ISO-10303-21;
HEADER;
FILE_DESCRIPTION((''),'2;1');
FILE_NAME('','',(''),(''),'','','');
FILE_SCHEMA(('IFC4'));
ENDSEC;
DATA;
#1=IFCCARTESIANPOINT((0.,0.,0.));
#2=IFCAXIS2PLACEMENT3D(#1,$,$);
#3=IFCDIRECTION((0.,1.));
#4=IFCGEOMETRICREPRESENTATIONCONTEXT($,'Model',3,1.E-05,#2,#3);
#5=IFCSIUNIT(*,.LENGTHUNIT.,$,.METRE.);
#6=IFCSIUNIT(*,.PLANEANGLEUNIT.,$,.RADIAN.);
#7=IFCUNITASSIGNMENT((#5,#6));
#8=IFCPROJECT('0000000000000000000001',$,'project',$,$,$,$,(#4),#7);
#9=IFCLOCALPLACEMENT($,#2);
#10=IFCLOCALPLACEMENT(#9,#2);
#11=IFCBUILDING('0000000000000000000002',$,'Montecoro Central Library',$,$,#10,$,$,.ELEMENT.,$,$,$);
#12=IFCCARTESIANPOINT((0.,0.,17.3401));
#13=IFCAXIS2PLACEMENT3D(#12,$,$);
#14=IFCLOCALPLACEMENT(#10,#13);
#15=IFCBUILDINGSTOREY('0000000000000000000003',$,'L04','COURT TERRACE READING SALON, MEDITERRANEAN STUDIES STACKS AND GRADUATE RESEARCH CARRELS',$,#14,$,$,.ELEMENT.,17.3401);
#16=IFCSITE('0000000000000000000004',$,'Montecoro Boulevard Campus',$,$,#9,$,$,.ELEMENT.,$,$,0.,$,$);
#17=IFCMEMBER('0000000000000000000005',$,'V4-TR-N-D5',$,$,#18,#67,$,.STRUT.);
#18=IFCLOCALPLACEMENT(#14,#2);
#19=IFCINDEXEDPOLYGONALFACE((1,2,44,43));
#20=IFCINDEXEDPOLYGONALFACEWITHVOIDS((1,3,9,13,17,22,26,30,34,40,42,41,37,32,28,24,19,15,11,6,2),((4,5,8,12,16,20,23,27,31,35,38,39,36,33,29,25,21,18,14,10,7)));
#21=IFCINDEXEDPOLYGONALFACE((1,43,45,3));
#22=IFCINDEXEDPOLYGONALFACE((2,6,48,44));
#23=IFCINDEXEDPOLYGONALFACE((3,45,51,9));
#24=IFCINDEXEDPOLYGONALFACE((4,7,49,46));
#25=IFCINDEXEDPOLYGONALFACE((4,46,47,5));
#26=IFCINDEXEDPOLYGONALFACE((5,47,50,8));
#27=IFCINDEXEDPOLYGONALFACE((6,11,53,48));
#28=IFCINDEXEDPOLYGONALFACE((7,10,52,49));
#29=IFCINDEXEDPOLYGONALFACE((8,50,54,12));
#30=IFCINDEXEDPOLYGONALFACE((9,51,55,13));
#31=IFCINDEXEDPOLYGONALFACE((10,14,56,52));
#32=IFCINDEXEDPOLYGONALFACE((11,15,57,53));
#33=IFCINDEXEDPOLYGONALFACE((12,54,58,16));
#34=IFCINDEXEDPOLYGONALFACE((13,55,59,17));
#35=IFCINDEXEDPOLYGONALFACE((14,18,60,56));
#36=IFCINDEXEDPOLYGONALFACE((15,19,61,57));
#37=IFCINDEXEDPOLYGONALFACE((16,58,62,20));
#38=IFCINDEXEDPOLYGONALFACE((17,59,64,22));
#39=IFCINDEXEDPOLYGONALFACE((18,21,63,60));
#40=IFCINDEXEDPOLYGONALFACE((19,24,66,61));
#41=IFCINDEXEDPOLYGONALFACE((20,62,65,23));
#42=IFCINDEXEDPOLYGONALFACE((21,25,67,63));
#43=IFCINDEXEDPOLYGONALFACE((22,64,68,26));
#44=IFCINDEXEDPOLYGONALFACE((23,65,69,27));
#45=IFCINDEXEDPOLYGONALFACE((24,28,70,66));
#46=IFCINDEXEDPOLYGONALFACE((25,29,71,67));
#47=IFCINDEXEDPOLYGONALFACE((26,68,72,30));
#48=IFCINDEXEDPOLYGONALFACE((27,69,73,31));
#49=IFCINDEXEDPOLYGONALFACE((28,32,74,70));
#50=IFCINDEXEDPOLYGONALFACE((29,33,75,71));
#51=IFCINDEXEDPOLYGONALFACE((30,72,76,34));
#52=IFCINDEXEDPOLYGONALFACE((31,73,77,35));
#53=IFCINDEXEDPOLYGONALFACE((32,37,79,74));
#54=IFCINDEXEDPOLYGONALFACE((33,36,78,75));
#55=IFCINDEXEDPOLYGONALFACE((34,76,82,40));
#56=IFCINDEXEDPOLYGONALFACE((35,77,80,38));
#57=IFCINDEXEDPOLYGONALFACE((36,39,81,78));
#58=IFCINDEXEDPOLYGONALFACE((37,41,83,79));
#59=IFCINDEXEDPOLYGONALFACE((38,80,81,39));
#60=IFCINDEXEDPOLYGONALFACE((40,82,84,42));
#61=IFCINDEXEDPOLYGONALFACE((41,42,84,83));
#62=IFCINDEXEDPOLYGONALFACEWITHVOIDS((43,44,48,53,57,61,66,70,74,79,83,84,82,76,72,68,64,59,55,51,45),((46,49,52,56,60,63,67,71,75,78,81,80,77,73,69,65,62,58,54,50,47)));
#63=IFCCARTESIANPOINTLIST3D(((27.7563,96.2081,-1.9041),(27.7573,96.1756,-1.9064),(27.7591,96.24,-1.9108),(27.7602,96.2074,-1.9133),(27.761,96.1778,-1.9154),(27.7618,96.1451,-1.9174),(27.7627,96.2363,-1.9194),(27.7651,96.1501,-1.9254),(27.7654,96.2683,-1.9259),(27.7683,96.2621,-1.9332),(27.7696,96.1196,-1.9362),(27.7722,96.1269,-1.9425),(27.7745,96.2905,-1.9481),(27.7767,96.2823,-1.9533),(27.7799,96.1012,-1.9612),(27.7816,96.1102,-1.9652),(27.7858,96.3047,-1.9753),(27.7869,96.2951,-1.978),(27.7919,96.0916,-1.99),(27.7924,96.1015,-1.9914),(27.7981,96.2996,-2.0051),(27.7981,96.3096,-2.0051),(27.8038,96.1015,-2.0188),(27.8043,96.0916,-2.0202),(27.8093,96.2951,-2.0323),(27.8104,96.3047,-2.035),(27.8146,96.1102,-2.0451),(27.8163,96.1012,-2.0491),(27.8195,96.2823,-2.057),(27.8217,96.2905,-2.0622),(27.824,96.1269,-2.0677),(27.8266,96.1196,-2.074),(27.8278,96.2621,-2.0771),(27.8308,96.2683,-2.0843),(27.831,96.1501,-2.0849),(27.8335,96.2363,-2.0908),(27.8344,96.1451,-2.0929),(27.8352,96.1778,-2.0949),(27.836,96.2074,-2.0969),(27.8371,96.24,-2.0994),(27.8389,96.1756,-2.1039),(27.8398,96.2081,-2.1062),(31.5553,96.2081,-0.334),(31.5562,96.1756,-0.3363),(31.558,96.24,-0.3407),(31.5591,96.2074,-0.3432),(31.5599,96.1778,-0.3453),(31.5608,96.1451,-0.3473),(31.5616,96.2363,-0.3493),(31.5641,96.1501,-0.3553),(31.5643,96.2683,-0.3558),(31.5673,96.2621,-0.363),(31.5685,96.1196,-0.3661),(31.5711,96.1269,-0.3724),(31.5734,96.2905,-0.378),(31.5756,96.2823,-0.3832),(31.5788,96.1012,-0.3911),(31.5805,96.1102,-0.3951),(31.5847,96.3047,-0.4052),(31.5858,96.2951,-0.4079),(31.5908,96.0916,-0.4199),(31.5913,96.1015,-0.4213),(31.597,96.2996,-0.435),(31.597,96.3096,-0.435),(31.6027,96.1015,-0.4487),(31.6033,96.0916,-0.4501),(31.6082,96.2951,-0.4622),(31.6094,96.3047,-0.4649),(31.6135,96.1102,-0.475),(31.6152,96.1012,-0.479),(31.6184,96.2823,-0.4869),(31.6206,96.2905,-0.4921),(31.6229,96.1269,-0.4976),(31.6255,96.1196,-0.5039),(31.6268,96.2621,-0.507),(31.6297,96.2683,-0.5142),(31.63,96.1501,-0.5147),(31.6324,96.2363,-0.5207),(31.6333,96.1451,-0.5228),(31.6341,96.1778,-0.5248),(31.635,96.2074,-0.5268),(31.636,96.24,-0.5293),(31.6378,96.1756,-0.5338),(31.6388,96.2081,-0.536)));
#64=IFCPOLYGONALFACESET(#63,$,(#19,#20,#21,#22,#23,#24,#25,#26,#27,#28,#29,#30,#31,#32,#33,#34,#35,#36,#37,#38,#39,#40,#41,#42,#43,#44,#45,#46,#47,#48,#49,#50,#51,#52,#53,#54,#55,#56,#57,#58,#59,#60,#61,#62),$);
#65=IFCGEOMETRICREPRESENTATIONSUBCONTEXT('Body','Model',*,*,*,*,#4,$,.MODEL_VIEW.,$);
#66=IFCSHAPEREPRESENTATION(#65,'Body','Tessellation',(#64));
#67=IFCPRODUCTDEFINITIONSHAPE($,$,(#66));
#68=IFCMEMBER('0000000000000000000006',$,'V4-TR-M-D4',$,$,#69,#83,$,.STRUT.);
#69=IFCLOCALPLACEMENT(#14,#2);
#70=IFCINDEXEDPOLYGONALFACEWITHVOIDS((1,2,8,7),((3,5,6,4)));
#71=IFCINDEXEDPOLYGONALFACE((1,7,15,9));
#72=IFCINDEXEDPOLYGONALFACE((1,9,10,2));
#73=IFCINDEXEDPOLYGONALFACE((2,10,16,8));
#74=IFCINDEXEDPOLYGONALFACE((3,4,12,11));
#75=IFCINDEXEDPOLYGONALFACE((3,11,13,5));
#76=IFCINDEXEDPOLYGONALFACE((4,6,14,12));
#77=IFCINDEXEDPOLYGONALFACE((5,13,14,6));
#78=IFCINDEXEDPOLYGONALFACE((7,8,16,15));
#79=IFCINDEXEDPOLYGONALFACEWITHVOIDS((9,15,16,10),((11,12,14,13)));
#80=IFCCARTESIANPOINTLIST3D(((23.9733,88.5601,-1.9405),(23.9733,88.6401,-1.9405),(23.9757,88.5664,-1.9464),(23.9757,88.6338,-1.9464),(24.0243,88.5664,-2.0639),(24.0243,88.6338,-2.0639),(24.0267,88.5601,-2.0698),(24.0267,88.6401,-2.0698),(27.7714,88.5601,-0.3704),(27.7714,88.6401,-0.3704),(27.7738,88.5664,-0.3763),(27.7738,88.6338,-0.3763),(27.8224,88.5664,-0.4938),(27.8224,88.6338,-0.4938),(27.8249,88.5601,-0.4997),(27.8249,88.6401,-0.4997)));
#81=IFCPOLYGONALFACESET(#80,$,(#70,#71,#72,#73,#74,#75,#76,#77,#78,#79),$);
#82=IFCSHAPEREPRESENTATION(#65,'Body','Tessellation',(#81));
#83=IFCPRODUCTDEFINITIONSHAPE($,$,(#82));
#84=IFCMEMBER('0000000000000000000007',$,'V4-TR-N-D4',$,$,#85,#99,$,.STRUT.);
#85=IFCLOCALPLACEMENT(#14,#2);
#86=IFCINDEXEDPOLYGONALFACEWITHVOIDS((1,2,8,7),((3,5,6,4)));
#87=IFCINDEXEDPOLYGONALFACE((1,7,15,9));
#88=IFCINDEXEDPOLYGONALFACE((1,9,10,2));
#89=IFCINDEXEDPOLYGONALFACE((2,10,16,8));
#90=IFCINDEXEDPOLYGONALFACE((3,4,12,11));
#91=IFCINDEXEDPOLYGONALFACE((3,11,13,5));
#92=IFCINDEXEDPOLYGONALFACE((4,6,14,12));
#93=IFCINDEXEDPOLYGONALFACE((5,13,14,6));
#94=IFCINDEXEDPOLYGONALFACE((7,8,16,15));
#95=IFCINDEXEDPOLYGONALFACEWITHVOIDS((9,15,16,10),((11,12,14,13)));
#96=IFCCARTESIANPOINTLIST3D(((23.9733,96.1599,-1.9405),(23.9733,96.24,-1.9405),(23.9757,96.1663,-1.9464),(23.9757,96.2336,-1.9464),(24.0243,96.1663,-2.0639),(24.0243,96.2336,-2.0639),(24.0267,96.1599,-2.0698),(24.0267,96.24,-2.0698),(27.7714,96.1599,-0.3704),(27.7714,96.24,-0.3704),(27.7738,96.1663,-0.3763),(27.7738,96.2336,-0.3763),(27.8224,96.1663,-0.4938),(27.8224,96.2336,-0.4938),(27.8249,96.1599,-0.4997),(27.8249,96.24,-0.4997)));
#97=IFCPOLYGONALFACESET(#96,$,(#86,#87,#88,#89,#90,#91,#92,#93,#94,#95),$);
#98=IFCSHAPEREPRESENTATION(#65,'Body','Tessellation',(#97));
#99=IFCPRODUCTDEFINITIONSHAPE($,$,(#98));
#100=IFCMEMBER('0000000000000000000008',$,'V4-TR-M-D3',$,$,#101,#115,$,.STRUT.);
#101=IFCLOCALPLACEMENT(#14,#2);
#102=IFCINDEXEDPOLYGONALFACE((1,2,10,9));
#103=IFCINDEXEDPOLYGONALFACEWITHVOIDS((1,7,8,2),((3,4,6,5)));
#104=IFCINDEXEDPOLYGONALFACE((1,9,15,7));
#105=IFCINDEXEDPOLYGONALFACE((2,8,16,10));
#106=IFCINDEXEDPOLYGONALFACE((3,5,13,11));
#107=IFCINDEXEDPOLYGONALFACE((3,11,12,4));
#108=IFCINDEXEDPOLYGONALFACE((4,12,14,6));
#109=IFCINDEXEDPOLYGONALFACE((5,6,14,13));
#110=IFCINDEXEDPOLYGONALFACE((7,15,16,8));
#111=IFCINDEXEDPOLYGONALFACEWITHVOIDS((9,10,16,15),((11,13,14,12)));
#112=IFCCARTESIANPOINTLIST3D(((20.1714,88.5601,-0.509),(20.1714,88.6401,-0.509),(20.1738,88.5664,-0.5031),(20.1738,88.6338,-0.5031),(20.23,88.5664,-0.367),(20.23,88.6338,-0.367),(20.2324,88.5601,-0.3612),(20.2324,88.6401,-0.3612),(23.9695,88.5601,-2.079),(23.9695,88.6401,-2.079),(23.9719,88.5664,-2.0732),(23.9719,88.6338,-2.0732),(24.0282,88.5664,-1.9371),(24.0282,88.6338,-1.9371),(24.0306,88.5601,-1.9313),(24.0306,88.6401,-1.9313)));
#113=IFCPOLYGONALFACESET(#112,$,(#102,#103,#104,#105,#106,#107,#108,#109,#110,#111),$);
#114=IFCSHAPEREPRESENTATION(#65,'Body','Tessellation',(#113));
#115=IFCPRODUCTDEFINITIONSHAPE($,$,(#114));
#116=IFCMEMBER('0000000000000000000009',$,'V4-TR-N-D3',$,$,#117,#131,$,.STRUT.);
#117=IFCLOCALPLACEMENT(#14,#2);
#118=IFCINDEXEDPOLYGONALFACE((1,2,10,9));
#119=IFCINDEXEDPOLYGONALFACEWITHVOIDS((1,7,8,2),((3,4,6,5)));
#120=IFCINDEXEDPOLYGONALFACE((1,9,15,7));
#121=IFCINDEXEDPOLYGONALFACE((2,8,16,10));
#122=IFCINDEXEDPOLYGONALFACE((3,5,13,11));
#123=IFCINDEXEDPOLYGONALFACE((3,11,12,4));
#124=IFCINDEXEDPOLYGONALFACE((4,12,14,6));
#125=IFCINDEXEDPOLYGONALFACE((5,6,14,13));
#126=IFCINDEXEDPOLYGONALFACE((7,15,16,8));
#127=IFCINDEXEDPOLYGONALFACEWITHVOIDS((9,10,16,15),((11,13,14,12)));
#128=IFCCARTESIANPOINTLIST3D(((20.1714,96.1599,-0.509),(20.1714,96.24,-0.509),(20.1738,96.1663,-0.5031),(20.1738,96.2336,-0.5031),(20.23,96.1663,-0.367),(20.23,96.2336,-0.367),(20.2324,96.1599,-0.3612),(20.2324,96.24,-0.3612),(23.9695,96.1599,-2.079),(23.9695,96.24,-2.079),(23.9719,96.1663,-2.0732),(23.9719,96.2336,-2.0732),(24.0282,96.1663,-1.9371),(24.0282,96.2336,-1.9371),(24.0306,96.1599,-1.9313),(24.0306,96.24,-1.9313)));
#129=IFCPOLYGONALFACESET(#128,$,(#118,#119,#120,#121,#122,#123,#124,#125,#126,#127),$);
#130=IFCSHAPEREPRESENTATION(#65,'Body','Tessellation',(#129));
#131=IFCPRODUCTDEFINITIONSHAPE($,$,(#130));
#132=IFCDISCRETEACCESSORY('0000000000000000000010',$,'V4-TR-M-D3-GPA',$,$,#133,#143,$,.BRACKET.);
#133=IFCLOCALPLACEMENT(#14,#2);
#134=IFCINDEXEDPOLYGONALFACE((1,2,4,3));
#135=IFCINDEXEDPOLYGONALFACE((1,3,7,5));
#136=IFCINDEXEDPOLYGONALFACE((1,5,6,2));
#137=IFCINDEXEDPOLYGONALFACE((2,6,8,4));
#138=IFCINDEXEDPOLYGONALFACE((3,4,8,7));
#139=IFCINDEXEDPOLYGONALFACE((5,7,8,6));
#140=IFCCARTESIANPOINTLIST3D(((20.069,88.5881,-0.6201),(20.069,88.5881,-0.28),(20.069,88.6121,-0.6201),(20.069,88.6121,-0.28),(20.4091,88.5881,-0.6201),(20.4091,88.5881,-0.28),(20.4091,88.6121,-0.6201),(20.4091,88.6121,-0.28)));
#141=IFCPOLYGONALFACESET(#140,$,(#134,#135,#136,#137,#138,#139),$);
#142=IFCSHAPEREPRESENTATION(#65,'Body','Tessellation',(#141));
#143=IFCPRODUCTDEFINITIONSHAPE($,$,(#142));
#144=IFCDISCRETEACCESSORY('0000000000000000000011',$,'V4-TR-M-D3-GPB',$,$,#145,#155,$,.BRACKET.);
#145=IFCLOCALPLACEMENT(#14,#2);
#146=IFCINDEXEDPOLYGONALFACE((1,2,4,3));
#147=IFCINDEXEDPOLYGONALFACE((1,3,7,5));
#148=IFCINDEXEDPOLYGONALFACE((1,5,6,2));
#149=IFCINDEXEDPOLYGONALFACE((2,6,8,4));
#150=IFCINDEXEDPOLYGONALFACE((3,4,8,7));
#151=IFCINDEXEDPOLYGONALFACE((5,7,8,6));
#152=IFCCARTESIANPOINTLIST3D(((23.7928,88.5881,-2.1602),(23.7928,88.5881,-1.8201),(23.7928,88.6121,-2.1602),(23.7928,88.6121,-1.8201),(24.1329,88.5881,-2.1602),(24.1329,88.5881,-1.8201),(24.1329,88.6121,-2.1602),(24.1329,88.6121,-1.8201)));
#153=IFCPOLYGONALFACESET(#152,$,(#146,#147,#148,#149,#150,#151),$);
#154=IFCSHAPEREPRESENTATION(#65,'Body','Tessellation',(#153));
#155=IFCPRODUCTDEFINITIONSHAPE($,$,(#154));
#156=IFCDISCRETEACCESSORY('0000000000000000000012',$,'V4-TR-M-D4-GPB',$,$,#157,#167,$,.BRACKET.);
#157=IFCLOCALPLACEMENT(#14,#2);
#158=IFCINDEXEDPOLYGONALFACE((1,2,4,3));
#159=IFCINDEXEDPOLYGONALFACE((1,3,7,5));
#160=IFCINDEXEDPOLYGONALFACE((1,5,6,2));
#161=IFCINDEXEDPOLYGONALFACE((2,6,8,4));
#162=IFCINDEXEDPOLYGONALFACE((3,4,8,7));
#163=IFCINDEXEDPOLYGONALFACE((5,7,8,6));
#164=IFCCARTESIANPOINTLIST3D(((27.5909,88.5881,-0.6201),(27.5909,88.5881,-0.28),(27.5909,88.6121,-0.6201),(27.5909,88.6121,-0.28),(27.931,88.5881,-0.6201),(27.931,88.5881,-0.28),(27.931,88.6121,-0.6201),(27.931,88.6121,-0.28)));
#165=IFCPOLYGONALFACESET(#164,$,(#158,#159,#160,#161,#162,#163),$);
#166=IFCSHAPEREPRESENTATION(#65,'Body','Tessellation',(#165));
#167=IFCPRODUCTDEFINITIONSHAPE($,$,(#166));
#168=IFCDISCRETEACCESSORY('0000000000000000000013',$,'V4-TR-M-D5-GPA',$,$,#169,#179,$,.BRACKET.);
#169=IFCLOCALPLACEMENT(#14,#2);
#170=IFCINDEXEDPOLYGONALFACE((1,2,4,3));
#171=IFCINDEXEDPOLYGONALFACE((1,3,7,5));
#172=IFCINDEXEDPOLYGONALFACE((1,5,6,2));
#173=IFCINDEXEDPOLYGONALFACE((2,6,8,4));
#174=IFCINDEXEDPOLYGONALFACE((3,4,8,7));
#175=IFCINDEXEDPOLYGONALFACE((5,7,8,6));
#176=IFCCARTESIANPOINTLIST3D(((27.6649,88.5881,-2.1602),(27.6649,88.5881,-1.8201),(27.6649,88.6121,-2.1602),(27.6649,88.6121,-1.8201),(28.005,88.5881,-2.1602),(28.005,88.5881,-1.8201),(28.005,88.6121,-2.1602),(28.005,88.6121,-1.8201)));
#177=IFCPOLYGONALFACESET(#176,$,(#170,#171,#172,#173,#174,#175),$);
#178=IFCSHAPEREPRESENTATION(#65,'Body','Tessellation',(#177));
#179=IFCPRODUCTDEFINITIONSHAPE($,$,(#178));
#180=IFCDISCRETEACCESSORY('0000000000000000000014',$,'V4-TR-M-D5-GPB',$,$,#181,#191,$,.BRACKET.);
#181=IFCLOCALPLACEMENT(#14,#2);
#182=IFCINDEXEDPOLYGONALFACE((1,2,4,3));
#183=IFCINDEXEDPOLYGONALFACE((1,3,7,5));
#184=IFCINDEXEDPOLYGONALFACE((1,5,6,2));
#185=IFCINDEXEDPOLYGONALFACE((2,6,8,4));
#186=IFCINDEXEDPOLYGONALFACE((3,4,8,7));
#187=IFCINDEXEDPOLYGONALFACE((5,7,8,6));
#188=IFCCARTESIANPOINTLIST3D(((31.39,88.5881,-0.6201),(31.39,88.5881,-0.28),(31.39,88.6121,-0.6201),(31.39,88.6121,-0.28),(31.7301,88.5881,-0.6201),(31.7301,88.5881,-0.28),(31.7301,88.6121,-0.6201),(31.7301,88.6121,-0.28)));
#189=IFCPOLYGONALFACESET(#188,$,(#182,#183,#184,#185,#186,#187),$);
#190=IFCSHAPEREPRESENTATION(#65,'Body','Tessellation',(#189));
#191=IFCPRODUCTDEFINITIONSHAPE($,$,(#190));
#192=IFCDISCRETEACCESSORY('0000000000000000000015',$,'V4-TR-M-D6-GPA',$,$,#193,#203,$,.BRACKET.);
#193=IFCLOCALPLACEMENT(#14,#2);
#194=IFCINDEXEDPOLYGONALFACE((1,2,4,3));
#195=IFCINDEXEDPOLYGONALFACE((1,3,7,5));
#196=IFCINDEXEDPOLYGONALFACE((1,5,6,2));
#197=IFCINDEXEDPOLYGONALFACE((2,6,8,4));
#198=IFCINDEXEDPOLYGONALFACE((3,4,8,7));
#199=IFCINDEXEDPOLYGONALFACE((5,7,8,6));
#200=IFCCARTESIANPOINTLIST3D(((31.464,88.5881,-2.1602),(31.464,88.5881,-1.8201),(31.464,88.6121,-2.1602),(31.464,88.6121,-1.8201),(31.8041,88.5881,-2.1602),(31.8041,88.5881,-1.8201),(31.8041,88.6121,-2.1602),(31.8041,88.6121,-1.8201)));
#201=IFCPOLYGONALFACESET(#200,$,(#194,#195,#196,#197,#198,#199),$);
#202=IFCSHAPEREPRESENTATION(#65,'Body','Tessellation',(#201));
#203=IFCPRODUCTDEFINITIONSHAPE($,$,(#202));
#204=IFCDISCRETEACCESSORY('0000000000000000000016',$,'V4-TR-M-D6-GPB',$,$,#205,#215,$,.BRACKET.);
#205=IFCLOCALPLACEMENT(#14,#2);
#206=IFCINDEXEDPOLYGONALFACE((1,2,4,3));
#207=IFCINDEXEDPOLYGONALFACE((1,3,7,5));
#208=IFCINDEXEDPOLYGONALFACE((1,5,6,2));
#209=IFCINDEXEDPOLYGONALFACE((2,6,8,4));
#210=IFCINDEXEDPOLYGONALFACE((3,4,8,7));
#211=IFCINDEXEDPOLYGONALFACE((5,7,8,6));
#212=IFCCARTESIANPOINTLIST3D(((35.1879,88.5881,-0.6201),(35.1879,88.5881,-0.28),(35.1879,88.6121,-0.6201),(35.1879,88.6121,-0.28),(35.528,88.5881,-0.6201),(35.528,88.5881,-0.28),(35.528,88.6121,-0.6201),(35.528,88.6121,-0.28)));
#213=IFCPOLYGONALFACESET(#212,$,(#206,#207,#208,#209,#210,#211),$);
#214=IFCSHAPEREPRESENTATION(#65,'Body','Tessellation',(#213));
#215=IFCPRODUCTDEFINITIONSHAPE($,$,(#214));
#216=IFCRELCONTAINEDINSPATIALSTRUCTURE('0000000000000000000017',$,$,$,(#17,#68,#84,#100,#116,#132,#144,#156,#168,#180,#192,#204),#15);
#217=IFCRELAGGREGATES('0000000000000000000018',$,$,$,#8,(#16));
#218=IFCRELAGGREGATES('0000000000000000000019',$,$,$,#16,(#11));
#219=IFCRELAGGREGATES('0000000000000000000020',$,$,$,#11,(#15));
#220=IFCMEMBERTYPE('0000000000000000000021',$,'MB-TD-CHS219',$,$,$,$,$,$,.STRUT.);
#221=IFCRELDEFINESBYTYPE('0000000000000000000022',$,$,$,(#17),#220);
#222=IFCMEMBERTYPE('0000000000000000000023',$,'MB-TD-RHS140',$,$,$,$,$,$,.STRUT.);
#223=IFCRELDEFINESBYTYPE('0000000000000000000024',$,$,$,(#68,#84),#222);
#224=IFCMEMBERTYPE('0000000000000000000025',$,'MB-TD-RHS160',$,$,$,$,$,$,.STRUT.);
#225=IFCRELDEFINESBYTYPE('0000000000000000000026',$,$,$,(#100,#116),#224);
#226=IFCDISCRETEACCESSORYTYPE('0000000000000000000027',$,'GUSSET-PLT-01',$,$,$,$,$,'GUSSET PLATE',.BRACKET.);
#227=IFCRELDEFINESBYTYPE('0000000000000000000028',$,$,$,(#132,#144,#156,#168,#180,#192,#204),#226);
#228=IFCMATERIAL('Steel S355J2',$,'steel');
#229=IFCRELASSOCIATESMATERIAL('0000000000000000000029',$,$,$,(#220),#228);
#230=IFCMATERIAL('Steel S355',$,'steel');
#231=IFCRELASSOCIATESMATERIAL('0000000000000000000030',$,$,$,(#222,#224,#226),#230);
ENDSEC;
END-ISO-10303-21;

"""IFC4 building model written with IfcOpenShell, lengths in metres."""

from ifc_helpers import new_model, si_unit, direction, frame, origin, origin_2d, place, context, subcontext, project, spatial, rectangle, hollow_rectangle, hollow_circle, extrude, material, material_profile, profile_set, type_object, element, save


model = new_model("IFC4")

# Units and contexts
model_context = context("Model", 3, precision=1e-05, world=origin(), true_north=direction((0.0, 1.0)))
body_context = subcontext(model_context, "Body", "Model", "MODEL_VIEW")
ifc_project = project(units=[si_unit("LENGTHUNIT", "METRE"), si_unit("PLANEANGLEUNIT", "RADIAN")], contexts=[model_context])

# Site, building, storey
site_placement = place(None, origin())
site = spatial("IfcSite", under=ifc_project, at=site_placement, Name="Montecoro Boulevard Campus", CompositionType="ELEMENT", RefElevation=0.0)
building_placement = place(site_placement, origin())
building = spatial("IfcBuilding", under=site, at=building_placement, Name="Montecoro Central Library", CompositionType="ELEMENT")
storey_placement = place(building_placement, frame((0.0, 0.0, 17.3401)))
storey = spatial("IfcBuildingStorey", under=building, at=storey_placement, Name="L04", Description="COURT TERRACE READING SALON, MEDITERRANEAN STUDIES STACKS AND GRADUATE RESEARCH CARRELS", CompositionType="ELEMENT", Elevation=17.3401)

# Shared definitions
ifc_material_1 = material(Name="Steel S355", Category="steel")

# Members
ifc_material_2 = material(Name="Steel S355J2", Category="steel")
ifc_material_profile_1 = material_profile(ifc_material_2, hollow_circle(Radius=0.1096, WallThickness=0.01, at=origin_2d()), Name="CHS 219.1x10.0")
ifc_profile_set_1 = profile_set([ifc_material_profile_1], Name="Steel S355J2")
member_type_1 = type_object("IfcMemberType", Name="MB-TD-CHS219", PredefinedType="STRUT", material=ifc_profile_set_1)
for number, where, z_axis, x_axis, name in (
    (1, (27.7981, 96.2, -2.0051), (0.924177, 0.0, 0.381965), (0.0, 1.0, 0.0), "V4-TR-N-D5"),
):
    element("IfcMember", number, at=place(storey_placement, frame(where, z_axis=z_axis, x_axis=x_axis)), inside=storey, type_object=member_type_1, Name=name, PredefinedType="STRUT", context=body_context, shape_type="SweptSolid", body=[
        extrude(hollow_circle(Radius=0.1096, WallThickness=0.01, at=origin_2d()), origin(), (0.0, 0.0, 1.0), 4.1106),
    ])
ifc_material_profile_2 = material_profile(ifc_material_1, hollow_rectangle(XDim=0.0801, YDim=0.1399, WallThickness=0.0063, at=origin_2d()), Name="RHS 140x80x6.3")
ifc_profile_set_2 = profile_set([ifc_material_profile_2], Name="Steel S355")
member_type_2 = type_object("IfcMemberType", Name="MB-TD-RHS140", PredefinedType="STRUT", material=ifc_profile_set_2)
for number, where, z_axis, x_axis, name in (
    (2, (24.0, 88.6001, -2.0051), (0.924151, 0.0, 0.382028), (0.0, 1.0, 0.0), "V4-TR-M-D4"),
    (3, (24.0, 96.2, -2.0051), (0.924151, 0.0, 0.382028), (0.0, 1.0, 0.0), "V4-TR-N-D4"),
):
    element("IfcMember", number, at=place(storey_placement, frame(where, z_axis=z_axis, x_axis=x_axis)), inside=storey, type_object=member_type_2, Name=name, PredefinedType="STRUT", context=body_context, shape_type="SweptSolid", body=[
        extrude(hollow_rectangle(XDim=0.0801, YDim=0.1399, WallThickness=0.0063, at=origin_2d()), origin(), (0.0, 0.0, 1.0), 4.1099),
    ])
ifc_material_profile_3 = material_profile(ifc_material_1, hollow_rectangle(XDim=0.0801, YDim=0.1599, WallThickness=0.0063, at=origin_2d()), Name="RHS 160x80x6.3")
ifc_profile_set_3 = profile_set([ifc_material_profile_3], Name="Steel S355")
member_type_3 = type_object("IfcMemberType", Name="MB-TD-RHS160", PredefinedType="STRUT", material=ifc_profile_set_3)
for number, where, z_axis, x_axis, name in (
    (4, (20.2019, 88.6001, -0.4351), (0.924151, 0.0, -0.382028), (0.0, 1.0, 0.0), "V4-TR-M-D3"),
    (5, (20.2019, 96.2, -0.4351), (0.924151, 0.0, -0.382028), (0.0, 1.0, 0.0), "V4-TR-N-D3"),
):
    element("IfcMember", number, at=place(storey_placement, frame(where, z_axis=z_axis, x_axis=x_axis)), inside=storey, type_object=member_type_3, Name=name, PredefinedType="STRUT", context=body_context, shape_type="SweptSolid", body=[
        extrude(hollow_rectangle(XDim=0.0801, YDim=0.1599, WallThickness=0.0063, at=origin_2d()), origin(), (0.0, 0.0, 1.0), 4.1099),
    ])

# Discrete accessories
discrete_accessory_type = type_object("IfcDiscreteAccessoryType", Name="GUSSET-PLT-01", ElementType="GUSSET PLATE", PredefinedType="BRACKET", material=ifc_material_1)
for number, where, z_axis, x_axis, name in (
    (6, (20.239, 88.6001, -0.6201), (0.0, 0.0, 1.0), (1.0, 0.0, 0.0), "V4-TR-M-D3-GPA"),
    (7, (23.9629, 88.6001, -2.1602), (0.0, 0.0, 1.0), (1.0, 0.0, 0.0), "V4-TR-M-D3-GPB"),
    (8, (27.761, 88.6001, -0.6201), (0.0, 0.0, 1.0), (1.0, 0.0, 0.0), "V4-TR-M-D4-GPB"),
    (9, (27.835, 88.6001, -2.1602), (0.0, 0.0, 1.0), (1.0, 0.0, 0.0), "V4-TR-M-D5-GPA"),
    (10, (31.5601, 88.6001, -0.6201), (0.0, 0.0, 1.0), (1.0, 0.0, 0.0), "V4-TR-M-D5-GPB"),
    (11, (31.634, 88.6001, -2.1602), (0.0, 0.0, 1.0), (1.0, 0.0, 0.0), "V4-TR-M-D6-GPA"),
    (12, (35.3579, 88.6001, -0.6201), (0.0, 0.0, 1.0), (1.0, 0.0, 0.0), "V4-TR-M-D6-GPB"),
):
    element("IfcDiscreteAccessory", number, at=place(storey_placement, frame(where, z_axis=z_axis, x_axis=x_axis)), inside=storey, type_object=discrete_accessory_type, Name=name, PredefinedType="BRACKET", context=body_context, shape_type="SweptSolid", body=[
        extrude(rectangle(XDim=0.3401, YDim=0.0239, at=origin_2d()), origin(), (0.0, 0.0, 1.0), 0.3401),
    ])

save(model, "model.ifc")
